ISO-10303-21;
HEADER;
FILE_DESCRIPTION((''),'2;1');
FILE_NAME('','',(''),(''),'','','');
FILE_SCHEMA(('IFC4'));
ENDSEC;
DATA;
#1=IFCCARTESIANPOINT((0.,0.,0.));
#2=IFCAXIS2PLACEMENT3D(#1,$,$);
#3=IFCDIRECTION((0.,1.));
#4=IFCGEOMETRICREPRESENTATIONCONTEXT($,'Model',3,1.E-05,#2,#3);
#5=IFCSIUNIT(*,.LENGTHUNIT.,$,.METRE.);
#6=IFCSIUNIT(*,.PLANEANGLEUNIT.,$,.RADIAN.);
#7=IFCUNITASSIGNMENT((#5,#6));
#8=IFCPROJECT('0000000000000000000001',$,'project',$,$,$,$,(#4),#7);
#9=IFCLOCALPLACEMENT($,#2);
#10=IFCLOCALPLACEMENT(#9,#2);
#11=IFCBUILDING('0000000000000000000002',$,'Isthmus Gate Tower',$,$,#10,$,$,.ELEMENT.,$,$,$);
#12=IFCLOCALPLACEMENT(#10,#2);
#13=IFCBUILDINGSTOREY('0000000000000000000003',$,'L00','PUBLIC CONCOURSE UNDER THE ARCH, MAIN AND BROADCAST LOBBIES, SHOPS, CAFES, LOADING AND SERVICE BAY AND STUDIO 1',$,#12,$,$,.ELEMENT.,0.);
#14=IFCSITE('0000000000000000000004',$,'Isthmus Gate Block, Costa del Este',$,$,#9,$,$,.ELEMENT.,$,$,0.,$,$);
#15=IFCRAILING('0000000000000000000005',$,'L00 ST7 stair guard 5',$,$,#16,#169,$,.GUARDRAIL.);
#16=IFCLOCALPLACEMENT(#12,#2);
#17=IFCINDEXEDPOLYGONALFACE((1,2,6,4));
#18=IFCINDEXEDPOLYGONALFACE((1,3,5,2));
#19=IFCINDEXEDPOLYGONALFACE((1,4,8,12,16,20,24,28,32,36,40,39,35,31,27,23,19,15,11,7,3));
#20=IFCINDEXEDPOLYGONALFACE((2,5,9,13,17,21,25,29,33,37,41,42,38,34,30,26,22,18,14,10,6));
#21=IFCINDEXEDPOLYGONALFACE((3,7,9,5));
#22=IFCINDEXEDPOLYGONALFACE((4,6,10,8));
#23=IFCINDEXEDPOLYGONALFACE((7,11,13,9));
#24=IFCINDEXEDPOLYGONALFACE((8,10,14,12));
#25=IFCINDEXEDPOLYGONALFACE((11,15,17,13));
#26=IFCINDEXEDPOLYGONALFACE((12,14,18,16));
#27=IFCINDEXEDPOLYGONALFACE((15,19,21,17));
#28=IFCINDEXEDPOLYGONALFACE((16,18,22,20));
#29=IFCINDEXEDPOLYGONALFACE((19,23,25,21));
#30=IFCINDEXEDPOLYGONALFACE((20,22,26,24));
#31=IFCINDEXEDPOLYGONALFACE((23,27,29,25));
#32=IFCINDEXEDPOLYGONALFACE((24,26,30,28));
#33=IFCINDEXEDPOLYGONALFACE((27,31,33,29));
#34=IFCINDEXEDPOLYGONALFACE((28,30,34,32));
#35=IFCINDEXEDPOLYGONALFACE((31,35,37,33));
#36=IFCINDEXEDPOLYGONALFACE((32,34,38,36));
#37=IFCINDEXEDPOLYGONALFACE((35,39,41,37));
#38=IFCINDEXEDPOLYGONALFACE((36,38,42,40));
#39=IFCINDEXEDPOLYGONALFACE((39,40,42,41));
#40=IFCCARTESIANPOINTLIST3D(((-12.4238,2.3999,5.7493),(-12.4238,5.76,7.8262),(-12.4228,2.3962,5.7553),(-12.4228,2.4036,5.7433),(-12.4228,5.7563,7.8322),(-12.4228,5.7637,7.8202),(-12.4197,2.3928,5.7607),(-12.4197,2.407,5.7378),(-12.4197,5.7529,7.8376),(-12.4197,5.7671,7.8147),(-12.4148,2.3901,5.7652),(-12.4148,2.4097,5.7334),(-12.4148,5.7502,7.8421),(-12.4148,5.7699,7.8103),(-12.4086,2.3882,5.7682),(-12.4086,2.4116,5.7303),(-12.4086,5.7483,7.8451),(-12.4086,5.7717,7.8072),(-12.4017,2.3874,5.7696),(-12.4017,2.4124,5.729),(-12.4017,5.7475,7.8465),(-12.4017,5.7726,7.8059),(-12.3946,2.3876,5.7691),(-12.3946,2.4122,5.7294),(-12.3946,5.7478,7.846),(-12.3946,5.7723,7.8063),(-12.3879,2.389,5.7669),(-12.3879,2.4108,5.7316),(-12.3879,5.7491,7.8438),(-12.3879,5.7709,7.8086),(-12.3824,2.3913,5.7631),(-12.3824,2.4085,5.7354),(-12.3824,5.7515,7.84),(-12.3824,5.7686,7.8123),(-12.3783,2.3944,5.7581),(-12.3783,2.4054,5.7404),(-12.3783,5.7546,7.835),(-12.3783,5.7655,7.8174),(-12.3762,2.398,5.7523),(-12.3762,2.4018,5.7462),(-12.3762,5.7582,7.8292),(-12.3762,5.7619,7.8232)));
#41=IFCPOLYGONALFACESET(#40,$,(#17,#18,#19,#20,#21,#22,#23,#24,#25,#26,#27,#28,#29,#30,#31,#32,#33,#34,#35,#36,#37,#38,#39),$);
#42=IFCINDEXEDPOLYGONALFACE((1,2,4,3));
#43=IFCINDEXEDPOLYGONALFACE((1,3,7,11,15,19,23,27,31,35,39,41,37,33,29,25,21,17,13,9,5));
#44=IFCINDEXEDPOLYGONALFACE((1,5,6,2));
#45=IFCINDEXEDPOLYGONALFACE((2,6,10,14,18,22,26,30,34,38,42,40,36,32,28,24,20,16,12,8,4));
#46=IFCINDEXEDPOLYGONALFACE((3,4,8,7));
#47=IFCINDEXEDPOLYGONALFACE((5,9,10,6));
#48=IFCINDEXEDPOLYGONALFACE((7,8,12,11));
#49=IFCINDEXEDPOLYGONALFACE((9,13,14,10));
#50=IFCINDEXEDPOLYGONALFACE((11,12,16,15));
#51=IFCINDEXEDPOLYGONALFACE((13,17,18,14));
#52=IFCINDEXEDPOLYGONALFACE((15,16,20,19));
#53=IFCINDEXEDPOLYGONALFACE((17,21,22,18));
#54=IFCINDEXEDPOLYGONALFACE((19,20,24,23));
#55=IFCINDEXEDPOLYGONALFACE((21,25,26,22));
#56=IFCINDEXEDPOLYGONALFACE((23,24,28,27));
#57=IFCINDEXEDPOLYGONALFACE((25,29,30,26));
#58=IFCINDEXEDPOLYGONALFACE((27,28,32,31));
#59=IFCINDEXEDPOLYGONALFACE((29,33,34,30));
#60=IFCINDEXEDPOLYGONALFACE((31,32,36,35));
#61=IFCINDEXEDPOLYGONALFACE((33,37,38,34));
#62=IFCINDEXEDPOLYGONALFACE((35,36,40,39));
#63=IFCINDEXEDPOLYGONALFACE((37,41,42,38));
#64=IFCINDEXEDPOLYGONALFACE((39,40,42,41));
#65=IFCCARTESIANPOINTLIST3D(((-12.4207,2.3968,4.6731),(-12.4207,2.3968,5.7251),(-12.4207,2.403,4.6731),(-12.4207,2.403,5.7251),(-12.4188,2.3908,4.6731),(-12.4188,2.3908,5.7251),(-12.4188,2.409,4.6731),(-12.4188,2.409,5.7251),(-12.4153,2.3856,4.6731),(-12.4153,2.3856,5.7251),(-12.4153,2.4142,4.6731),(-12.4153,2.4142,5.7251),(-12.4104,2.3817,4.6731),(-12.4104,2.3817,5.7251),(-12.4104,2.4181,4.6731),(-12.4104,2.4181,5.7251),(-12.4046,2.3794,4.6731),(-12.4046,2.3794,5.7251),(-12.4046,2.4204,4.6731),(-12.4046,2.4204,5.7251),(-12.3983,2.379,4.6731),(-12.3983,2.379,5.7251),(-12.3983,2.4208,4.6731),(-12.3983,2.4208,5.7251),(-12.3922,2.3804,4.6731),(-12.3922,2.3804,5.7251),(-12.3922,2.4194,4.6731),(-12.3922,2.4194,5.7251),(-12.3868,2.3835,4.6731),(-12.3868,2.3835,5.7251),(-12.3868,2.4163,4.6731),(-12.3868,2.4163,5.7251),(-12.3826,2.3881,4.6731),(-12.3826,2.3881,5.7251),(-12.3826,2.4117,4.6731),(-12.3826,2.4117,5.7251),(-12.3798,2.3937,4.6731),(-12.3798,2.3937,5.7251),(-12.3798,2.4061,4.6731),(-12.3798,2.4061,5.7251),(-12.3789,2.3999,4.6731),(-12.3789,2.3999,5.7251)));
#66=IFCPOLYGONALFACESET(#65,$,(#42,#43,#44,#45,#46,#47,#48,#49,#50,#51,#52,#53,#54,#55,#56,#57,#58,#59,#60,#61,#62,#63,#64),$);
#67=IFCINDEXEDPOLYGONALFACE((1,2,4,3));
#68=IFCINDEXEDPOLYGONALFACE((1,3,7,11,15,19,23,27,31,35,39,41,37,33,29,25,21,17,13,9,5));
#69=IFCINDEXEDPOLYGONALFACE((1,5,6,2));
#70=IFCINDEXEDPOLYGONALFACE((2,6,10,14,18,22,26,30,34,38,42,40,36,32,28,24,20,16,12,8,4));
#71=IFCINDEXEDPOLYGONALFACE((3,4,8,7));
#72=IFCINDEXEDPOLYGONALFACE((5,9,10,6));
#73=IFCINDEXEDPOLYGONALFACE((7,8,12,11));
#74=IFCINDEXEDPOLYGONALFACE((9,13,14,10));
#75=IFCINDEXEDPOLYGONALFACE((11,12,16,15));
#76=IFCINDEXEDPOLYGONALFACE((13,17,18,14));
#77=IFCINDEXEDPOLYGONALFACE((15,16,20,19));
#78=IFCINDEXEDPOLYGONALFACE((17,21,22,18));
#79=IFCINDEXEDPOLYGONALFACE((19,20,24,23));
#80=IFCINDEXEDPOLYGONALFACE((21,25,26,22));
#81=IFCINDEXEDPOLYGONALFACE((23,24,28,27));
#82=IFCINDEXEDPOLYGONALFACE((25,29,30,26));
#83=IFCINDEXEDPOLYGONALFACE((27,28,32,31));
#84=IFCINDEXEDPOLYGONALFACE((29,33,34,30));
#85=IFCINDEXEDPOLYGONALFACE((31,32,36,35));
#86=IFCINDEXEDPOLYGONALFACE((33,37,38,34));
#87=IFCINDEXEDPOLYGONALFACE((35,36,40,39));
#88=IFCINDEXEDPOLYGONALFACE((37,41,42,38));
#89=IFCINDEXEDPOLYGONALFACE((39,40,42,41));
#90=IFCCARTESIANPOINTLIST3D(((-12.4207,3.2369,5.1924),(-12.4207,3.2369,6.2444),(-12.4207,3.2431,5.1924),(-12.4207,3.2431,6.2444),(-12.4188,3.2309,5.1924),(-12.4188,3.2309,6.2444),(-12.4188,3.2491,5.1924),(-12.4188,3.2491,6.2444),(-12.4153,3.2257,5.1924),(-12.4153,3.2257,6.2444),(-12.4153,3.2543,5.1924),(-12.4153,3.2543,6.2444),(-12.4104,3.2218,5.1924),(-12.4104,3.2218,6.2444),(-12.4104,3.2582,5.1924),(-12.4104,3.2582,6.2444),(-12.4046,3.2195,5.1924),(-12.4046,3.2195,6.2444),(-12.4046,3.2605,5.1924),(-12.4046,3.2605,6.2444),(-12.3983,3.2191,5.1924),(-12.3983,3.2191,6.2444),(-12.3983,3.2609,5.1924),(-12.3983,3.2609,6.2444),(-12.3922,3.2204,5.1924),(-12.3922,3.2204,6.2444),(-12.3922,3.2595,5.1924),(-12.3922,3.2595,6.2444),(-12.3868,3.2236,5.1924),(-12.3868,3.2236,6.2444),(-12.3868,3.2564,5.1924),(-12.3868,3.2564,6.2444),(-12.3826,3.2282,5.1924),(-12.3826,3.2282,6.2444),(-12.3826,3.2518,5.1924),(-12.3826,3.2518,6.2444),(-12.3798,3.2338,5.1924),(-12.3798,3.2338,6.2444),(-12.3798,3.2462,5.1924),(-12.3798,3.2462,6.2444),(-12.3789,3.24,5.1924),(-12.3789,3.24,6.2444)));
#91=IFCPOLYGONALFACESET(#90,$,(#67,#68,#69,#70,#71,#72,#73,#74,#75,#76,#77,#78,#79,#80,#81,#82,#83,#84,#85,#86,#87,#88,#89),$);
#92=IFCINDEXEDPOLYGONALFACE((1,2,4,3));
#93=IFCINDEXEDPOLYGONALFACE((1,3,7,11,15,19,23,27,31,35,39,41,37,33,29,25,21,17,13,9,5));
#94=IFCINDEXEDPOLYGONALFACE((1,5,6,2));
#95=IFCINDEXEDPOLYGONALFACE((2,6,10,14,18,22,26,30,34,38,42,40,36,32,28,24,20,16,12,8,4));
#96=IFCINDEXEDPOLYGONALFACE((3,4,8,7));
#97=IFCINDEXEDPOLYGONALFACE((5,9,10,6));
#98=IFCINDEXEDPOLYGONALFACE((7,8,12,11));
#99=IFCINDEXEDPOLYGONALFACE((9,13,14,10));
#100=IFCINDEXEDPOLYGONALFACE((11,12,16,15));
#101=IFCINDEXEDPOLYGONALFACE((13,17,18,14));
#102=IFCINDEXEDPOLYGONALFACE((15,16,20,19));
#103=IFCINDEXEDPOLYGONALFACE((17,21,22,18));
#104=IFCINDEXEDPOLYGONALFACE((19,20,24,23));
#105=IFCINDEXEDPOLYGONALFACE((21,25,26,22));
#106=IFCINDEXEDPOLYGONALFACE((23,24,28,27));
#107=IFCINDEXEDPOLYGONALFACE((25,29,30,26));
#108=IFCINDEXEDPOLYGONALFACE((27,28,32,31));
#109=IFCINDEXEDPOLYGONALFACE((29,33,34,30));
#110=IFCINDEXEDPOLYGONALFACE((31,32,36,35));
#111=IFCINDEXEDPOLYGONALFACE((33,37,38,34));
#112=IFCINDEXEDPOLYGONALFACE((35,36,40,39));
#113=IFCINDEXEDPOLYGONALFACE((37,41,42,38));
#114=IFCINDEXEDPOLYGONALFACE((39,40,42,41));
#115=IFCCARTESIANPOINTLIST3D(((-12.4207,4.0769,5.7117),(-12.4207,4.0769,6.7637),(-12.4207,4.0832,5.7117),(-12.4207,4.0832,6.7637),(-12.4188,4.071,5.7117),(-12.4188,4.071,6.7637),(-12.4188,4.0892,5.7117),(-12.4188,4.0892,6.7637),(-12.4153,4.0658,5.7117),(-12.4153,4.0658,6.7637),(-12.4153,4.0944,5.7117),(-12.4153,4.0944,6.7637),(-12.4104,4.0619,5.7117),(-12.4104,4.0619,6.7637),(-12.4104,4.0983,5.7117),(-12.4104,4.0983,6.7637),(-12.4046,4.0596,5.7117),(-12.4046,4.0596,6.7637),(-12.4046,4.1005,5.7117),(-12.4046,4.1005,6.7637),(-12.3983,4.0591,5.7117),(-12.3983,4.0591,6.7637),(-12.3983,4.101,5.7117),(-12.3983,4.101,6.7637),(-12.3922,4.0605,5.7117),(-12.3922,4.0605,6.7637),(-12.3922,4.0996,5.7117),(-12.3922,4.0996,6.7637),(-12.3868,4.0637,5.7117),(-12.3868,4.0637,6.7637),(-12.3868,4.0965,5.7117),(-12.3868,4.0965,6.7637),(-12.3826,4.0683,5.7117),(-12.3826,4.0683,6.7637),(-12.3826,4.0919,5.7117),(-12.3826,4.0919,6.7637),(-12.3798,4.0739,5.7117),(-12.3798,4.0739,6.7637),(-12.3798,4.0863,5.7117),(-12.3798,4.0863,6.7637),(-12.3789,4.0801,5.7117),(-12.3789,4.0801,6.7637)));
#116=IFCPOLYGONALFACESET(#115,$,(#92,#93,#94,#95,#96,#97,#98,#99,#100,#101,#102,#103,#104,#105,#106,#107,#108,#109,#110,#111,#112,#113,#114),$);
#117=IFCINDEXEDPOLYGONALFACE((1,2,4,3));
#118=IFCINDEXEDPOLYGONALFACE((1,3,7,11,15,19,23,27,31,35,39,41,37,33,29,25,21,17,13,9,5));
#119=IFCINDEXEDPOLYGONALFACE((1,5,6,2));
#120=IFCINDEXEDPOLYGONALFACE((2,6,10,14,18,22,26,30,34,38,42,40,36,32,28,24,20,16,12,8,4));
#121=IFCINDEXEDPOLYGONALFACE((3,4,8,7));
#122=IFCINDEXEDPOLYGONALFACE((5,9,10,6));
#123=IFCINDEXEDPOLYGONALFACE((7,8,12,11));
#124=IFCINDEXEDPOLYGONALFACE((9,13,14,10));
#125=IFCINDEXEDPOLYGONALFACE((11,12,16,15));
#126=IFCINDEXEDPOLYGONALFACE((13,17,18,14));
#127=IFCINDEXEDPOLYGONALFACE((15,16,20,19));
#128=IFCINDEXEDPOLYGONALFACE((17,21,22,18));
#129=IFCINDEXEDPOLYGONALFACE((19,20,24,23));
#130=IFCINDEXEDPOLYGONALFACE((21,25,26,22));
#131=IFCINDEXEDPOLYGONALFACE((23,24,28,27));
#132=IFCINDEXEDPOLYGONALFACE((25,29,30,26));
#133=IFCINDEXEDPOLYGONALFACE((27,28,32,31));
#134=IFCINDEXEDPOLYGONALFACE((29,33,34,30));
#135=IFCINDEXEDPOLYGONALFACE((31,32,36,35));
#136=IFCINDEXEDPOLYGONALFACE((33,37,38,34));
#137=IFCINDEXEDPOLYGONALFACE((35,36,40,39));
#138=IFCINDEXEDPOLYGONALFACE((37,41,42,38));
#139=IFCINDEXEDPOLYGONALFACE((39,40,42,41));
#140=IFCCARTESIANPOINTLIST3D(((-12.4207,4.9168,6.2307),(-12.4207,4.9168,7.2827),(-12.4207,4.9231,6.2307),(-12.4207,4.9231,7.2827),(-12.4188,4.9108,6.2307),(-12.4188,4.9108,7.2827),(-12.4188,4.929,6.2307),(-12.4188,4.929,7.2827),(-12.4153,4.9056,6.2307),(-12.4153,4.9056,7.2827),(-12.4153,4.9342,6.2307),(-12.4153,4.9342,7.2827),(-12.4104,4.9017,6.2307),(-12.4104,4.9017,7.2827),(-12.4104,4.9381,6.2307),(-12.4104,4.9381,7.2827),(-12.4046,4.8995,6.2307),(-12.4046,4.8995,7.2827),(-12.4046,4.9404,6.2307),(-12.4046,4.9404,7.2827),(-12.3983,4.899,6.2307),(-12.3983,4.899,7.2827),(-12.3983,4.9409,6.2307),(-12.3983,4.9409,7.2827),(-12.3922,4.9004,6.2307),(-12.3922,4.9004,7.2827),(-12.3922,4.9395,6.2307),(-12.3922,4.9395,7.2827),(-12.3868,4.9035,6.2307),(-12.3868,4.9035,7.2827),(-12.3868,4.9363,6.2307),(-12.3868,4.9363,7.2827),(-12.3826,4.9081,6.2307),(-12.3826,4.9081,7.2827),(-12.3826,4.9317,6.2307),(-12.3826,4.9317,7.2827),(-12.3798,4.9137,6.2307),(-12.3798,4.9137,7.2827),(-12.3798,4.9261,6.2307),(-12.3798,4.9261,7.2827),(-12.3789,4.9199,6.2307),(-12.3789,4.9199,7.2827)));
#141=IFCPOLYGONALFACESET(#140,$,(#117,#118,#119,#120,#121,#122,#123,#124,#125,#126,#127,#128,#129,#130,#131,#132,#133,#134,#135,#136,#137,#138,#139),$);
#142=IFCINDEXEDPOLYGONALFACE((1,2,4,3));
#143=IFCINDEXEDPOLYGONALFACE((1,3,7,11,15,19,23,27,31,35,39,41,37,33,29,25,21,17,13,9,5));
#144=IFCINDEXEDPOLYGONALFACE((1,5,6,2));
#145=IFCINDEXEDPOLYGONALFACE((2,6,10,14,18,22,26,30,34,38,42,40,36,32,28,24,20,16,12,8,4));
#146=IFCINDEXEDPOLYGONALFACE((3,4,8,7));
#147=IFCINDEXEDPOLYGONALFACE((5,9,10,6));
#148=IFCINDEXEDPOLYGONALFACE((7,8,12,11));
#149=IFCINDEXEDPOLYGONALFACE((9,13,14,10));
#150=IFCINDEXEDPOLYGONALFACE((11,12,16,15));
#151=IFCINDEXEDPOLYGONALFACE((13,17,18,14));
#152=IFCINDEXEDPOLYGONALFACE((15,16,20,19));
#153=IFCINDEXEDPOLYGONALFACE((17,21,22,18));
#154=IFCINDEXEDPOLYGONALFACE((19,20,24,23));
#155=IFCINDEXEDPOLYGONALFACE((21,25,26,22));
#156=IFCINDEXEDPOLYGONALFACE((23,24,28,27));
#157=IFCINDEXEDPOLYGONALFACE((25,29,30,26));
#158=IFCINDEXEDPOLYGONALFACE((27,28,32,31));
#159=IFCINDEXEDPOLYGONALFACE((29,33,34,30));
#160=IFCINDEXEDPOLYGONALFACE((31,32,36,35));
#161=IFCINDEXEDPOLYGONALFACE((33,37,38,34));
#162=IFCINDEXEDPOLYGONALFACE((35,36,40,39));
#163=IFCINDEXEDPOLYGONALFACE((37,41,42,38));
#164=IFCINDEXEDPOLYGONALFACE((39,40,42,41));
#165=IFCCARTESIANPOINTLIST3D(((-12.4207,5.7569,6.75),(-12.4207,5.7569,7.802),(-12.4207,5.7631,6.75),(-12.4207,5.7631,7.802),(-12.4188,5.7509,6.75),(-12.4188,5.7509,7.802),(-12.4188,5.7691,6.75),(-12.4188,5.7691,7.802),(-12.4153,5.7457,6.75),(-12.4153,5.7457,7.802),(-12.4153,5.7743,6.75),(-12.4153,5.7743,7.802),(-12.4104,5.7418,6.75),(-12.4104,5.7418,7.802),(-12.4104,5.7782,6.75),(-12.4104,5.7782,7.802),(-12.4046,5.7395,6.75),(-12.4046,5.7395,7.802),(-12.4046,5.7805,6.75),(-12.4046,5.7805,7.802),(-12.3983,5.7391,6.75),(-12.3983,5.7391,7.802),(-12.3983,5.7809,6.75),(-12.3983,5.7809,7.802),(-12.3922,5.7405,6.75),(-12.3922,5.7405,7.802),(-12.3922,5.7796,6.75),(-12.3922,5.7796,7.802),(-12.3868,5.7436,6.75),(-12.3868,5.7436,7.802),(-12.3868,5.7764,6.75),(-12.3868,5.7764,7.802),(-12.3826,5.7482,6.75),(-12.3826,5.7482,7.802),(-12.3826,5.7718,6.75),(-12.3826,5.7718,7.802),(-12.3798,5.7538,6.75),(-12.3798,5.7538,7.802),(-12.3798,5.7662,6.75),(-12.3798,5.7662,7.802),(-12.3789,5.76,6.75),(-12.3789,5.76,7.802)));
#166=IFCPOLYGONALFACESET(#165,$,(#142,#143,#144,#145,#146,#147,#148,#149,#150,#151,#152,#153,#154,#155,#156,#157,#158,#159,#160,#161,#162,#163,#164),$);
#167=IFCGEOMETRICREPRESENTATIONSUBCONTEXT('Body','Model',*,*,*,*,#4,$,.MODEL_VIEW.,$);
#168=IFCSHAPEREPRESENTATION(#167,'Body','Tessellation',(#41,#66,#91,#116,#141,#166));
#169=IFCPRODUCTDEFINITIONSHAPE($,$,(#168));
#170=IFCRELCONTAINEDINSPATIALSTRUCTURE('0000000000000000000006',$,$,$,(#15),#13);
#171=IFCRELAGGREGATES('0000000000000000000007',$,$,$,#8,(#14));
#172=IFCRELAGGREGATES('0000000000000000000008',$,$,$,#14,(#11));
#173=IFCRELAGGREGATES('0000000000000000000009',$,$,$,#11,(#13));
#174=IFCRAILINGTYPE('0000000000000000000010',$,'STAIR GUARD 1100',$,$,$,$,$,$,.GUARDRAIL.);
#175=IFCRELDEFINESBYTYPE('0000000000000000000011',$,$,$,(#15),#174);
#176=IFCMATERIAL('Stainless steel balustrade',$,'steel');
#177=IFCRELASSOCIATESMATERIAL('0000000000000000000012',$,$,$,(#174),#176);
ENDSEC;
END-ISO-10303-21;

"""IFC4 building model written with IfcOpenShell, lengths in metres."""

from ifc_helpers import new_model, si_unit, direction, frame, origin, origin_2d, place, context, subcontext, project, spatial, circle, extrude, material, type_object, element, save


model = new_model("IFC4")

# Units and contexts
model_context = context("Model", 3, precision=1e-05, world=origin(), true_north=direction((0.0, 1.0)))
body_context = subcontext(model_context, "Body", "Model", "MODEL_VIEW")
ifc_project = project(units=[si_unit("LENGTHUNIT", "METRE"), si_unit("PLANEANGLEUNIT", "RADIAN")], contexts=[model_context])

# Site, building, storey
site_placement = place(None, origin())
site = spatial("IfcSite", under=ifc_project, at=site_placement, Name="Isthmus Gate Block, Costa del Este", CompositionType="ELEMENT", RefElevation=0.0)
building_placement = place(site_placement, origin())
building = spatial("IfcBuilding", under=site, at=building_placement, Name="Isthmus Gate Tower", CompositionType="ELEMENT")
storey_placement = place(building_placement, origin())
storey = spatial("IfcBuildingStorey", under=building, at=storey_placement, Name="L00", Description="PUBLIC CONCOURSE UNDER THE ARCH, MAIN AND BROADCAST LOBBIES, SHOPS, CAFES, LOADING AND SERVICE BAY AND STUDIO 1", CompositionType="ELEMENT", Elevation=0.0)

# Railing
ifc_material_1 = material(Name="Stainless steel balustrade", Category="steel")
railing_type_1 = type_object("IfcRailingType", Name="STAIR GUARD 1100", PredefinedType="GUARDRAIL", material=ifc_material_1)
railing_1_placement = place(storey_placement, frame((-12.3999, 2.3999, 4.6731)))
element("IfcRailing", 1, at=railing_1_placement, inside=storey, type_object=railing_type_1, Name="L00 ST7 stair guard 5", PredefinedType="GUARDRAIL", context=body_context, shape_type="SweptSolid", body=[
    extrude(circle(Radius=0.0239, at=origin_2d()), frame((0.0, 0.0, 1.0762), z_axis=(0.0, 0.850623, 0.525776), x_axis=(-1.0, 0.0, 0.0)), (0.0, 0.0, 1.0), 3.9502),
    extrude(circle(Radius=0.021, at=origin_2d()), origin(), (0.0, 0.0, 1.0), 1.052),
    extrude(circle(Radius=0.021, at=origin_2d()), frame((0.0, 0.8401, 0.5193)), (0.0, 0.0, 1.0), 1.052),
    extrude(circle(Radius=0.021, at=origin_2d()), frame((0.0, 1.6802, 1.0386)), (0.0, 0.0, 1.0), 1.052),
    extrude(circle(Radius=0.021, at=origin_2d()), frame((0.0, 2.52, 1.5576)), (0.0, 0.0, 1.0), 1.052),
    extrude(circle(Radius=0.021, at=origin_2d()), frame((0.0, 3.3601, 2.0769)), (0.0, 0.0, 1.0), 1.052),
])

save(model, "model.ifc")
